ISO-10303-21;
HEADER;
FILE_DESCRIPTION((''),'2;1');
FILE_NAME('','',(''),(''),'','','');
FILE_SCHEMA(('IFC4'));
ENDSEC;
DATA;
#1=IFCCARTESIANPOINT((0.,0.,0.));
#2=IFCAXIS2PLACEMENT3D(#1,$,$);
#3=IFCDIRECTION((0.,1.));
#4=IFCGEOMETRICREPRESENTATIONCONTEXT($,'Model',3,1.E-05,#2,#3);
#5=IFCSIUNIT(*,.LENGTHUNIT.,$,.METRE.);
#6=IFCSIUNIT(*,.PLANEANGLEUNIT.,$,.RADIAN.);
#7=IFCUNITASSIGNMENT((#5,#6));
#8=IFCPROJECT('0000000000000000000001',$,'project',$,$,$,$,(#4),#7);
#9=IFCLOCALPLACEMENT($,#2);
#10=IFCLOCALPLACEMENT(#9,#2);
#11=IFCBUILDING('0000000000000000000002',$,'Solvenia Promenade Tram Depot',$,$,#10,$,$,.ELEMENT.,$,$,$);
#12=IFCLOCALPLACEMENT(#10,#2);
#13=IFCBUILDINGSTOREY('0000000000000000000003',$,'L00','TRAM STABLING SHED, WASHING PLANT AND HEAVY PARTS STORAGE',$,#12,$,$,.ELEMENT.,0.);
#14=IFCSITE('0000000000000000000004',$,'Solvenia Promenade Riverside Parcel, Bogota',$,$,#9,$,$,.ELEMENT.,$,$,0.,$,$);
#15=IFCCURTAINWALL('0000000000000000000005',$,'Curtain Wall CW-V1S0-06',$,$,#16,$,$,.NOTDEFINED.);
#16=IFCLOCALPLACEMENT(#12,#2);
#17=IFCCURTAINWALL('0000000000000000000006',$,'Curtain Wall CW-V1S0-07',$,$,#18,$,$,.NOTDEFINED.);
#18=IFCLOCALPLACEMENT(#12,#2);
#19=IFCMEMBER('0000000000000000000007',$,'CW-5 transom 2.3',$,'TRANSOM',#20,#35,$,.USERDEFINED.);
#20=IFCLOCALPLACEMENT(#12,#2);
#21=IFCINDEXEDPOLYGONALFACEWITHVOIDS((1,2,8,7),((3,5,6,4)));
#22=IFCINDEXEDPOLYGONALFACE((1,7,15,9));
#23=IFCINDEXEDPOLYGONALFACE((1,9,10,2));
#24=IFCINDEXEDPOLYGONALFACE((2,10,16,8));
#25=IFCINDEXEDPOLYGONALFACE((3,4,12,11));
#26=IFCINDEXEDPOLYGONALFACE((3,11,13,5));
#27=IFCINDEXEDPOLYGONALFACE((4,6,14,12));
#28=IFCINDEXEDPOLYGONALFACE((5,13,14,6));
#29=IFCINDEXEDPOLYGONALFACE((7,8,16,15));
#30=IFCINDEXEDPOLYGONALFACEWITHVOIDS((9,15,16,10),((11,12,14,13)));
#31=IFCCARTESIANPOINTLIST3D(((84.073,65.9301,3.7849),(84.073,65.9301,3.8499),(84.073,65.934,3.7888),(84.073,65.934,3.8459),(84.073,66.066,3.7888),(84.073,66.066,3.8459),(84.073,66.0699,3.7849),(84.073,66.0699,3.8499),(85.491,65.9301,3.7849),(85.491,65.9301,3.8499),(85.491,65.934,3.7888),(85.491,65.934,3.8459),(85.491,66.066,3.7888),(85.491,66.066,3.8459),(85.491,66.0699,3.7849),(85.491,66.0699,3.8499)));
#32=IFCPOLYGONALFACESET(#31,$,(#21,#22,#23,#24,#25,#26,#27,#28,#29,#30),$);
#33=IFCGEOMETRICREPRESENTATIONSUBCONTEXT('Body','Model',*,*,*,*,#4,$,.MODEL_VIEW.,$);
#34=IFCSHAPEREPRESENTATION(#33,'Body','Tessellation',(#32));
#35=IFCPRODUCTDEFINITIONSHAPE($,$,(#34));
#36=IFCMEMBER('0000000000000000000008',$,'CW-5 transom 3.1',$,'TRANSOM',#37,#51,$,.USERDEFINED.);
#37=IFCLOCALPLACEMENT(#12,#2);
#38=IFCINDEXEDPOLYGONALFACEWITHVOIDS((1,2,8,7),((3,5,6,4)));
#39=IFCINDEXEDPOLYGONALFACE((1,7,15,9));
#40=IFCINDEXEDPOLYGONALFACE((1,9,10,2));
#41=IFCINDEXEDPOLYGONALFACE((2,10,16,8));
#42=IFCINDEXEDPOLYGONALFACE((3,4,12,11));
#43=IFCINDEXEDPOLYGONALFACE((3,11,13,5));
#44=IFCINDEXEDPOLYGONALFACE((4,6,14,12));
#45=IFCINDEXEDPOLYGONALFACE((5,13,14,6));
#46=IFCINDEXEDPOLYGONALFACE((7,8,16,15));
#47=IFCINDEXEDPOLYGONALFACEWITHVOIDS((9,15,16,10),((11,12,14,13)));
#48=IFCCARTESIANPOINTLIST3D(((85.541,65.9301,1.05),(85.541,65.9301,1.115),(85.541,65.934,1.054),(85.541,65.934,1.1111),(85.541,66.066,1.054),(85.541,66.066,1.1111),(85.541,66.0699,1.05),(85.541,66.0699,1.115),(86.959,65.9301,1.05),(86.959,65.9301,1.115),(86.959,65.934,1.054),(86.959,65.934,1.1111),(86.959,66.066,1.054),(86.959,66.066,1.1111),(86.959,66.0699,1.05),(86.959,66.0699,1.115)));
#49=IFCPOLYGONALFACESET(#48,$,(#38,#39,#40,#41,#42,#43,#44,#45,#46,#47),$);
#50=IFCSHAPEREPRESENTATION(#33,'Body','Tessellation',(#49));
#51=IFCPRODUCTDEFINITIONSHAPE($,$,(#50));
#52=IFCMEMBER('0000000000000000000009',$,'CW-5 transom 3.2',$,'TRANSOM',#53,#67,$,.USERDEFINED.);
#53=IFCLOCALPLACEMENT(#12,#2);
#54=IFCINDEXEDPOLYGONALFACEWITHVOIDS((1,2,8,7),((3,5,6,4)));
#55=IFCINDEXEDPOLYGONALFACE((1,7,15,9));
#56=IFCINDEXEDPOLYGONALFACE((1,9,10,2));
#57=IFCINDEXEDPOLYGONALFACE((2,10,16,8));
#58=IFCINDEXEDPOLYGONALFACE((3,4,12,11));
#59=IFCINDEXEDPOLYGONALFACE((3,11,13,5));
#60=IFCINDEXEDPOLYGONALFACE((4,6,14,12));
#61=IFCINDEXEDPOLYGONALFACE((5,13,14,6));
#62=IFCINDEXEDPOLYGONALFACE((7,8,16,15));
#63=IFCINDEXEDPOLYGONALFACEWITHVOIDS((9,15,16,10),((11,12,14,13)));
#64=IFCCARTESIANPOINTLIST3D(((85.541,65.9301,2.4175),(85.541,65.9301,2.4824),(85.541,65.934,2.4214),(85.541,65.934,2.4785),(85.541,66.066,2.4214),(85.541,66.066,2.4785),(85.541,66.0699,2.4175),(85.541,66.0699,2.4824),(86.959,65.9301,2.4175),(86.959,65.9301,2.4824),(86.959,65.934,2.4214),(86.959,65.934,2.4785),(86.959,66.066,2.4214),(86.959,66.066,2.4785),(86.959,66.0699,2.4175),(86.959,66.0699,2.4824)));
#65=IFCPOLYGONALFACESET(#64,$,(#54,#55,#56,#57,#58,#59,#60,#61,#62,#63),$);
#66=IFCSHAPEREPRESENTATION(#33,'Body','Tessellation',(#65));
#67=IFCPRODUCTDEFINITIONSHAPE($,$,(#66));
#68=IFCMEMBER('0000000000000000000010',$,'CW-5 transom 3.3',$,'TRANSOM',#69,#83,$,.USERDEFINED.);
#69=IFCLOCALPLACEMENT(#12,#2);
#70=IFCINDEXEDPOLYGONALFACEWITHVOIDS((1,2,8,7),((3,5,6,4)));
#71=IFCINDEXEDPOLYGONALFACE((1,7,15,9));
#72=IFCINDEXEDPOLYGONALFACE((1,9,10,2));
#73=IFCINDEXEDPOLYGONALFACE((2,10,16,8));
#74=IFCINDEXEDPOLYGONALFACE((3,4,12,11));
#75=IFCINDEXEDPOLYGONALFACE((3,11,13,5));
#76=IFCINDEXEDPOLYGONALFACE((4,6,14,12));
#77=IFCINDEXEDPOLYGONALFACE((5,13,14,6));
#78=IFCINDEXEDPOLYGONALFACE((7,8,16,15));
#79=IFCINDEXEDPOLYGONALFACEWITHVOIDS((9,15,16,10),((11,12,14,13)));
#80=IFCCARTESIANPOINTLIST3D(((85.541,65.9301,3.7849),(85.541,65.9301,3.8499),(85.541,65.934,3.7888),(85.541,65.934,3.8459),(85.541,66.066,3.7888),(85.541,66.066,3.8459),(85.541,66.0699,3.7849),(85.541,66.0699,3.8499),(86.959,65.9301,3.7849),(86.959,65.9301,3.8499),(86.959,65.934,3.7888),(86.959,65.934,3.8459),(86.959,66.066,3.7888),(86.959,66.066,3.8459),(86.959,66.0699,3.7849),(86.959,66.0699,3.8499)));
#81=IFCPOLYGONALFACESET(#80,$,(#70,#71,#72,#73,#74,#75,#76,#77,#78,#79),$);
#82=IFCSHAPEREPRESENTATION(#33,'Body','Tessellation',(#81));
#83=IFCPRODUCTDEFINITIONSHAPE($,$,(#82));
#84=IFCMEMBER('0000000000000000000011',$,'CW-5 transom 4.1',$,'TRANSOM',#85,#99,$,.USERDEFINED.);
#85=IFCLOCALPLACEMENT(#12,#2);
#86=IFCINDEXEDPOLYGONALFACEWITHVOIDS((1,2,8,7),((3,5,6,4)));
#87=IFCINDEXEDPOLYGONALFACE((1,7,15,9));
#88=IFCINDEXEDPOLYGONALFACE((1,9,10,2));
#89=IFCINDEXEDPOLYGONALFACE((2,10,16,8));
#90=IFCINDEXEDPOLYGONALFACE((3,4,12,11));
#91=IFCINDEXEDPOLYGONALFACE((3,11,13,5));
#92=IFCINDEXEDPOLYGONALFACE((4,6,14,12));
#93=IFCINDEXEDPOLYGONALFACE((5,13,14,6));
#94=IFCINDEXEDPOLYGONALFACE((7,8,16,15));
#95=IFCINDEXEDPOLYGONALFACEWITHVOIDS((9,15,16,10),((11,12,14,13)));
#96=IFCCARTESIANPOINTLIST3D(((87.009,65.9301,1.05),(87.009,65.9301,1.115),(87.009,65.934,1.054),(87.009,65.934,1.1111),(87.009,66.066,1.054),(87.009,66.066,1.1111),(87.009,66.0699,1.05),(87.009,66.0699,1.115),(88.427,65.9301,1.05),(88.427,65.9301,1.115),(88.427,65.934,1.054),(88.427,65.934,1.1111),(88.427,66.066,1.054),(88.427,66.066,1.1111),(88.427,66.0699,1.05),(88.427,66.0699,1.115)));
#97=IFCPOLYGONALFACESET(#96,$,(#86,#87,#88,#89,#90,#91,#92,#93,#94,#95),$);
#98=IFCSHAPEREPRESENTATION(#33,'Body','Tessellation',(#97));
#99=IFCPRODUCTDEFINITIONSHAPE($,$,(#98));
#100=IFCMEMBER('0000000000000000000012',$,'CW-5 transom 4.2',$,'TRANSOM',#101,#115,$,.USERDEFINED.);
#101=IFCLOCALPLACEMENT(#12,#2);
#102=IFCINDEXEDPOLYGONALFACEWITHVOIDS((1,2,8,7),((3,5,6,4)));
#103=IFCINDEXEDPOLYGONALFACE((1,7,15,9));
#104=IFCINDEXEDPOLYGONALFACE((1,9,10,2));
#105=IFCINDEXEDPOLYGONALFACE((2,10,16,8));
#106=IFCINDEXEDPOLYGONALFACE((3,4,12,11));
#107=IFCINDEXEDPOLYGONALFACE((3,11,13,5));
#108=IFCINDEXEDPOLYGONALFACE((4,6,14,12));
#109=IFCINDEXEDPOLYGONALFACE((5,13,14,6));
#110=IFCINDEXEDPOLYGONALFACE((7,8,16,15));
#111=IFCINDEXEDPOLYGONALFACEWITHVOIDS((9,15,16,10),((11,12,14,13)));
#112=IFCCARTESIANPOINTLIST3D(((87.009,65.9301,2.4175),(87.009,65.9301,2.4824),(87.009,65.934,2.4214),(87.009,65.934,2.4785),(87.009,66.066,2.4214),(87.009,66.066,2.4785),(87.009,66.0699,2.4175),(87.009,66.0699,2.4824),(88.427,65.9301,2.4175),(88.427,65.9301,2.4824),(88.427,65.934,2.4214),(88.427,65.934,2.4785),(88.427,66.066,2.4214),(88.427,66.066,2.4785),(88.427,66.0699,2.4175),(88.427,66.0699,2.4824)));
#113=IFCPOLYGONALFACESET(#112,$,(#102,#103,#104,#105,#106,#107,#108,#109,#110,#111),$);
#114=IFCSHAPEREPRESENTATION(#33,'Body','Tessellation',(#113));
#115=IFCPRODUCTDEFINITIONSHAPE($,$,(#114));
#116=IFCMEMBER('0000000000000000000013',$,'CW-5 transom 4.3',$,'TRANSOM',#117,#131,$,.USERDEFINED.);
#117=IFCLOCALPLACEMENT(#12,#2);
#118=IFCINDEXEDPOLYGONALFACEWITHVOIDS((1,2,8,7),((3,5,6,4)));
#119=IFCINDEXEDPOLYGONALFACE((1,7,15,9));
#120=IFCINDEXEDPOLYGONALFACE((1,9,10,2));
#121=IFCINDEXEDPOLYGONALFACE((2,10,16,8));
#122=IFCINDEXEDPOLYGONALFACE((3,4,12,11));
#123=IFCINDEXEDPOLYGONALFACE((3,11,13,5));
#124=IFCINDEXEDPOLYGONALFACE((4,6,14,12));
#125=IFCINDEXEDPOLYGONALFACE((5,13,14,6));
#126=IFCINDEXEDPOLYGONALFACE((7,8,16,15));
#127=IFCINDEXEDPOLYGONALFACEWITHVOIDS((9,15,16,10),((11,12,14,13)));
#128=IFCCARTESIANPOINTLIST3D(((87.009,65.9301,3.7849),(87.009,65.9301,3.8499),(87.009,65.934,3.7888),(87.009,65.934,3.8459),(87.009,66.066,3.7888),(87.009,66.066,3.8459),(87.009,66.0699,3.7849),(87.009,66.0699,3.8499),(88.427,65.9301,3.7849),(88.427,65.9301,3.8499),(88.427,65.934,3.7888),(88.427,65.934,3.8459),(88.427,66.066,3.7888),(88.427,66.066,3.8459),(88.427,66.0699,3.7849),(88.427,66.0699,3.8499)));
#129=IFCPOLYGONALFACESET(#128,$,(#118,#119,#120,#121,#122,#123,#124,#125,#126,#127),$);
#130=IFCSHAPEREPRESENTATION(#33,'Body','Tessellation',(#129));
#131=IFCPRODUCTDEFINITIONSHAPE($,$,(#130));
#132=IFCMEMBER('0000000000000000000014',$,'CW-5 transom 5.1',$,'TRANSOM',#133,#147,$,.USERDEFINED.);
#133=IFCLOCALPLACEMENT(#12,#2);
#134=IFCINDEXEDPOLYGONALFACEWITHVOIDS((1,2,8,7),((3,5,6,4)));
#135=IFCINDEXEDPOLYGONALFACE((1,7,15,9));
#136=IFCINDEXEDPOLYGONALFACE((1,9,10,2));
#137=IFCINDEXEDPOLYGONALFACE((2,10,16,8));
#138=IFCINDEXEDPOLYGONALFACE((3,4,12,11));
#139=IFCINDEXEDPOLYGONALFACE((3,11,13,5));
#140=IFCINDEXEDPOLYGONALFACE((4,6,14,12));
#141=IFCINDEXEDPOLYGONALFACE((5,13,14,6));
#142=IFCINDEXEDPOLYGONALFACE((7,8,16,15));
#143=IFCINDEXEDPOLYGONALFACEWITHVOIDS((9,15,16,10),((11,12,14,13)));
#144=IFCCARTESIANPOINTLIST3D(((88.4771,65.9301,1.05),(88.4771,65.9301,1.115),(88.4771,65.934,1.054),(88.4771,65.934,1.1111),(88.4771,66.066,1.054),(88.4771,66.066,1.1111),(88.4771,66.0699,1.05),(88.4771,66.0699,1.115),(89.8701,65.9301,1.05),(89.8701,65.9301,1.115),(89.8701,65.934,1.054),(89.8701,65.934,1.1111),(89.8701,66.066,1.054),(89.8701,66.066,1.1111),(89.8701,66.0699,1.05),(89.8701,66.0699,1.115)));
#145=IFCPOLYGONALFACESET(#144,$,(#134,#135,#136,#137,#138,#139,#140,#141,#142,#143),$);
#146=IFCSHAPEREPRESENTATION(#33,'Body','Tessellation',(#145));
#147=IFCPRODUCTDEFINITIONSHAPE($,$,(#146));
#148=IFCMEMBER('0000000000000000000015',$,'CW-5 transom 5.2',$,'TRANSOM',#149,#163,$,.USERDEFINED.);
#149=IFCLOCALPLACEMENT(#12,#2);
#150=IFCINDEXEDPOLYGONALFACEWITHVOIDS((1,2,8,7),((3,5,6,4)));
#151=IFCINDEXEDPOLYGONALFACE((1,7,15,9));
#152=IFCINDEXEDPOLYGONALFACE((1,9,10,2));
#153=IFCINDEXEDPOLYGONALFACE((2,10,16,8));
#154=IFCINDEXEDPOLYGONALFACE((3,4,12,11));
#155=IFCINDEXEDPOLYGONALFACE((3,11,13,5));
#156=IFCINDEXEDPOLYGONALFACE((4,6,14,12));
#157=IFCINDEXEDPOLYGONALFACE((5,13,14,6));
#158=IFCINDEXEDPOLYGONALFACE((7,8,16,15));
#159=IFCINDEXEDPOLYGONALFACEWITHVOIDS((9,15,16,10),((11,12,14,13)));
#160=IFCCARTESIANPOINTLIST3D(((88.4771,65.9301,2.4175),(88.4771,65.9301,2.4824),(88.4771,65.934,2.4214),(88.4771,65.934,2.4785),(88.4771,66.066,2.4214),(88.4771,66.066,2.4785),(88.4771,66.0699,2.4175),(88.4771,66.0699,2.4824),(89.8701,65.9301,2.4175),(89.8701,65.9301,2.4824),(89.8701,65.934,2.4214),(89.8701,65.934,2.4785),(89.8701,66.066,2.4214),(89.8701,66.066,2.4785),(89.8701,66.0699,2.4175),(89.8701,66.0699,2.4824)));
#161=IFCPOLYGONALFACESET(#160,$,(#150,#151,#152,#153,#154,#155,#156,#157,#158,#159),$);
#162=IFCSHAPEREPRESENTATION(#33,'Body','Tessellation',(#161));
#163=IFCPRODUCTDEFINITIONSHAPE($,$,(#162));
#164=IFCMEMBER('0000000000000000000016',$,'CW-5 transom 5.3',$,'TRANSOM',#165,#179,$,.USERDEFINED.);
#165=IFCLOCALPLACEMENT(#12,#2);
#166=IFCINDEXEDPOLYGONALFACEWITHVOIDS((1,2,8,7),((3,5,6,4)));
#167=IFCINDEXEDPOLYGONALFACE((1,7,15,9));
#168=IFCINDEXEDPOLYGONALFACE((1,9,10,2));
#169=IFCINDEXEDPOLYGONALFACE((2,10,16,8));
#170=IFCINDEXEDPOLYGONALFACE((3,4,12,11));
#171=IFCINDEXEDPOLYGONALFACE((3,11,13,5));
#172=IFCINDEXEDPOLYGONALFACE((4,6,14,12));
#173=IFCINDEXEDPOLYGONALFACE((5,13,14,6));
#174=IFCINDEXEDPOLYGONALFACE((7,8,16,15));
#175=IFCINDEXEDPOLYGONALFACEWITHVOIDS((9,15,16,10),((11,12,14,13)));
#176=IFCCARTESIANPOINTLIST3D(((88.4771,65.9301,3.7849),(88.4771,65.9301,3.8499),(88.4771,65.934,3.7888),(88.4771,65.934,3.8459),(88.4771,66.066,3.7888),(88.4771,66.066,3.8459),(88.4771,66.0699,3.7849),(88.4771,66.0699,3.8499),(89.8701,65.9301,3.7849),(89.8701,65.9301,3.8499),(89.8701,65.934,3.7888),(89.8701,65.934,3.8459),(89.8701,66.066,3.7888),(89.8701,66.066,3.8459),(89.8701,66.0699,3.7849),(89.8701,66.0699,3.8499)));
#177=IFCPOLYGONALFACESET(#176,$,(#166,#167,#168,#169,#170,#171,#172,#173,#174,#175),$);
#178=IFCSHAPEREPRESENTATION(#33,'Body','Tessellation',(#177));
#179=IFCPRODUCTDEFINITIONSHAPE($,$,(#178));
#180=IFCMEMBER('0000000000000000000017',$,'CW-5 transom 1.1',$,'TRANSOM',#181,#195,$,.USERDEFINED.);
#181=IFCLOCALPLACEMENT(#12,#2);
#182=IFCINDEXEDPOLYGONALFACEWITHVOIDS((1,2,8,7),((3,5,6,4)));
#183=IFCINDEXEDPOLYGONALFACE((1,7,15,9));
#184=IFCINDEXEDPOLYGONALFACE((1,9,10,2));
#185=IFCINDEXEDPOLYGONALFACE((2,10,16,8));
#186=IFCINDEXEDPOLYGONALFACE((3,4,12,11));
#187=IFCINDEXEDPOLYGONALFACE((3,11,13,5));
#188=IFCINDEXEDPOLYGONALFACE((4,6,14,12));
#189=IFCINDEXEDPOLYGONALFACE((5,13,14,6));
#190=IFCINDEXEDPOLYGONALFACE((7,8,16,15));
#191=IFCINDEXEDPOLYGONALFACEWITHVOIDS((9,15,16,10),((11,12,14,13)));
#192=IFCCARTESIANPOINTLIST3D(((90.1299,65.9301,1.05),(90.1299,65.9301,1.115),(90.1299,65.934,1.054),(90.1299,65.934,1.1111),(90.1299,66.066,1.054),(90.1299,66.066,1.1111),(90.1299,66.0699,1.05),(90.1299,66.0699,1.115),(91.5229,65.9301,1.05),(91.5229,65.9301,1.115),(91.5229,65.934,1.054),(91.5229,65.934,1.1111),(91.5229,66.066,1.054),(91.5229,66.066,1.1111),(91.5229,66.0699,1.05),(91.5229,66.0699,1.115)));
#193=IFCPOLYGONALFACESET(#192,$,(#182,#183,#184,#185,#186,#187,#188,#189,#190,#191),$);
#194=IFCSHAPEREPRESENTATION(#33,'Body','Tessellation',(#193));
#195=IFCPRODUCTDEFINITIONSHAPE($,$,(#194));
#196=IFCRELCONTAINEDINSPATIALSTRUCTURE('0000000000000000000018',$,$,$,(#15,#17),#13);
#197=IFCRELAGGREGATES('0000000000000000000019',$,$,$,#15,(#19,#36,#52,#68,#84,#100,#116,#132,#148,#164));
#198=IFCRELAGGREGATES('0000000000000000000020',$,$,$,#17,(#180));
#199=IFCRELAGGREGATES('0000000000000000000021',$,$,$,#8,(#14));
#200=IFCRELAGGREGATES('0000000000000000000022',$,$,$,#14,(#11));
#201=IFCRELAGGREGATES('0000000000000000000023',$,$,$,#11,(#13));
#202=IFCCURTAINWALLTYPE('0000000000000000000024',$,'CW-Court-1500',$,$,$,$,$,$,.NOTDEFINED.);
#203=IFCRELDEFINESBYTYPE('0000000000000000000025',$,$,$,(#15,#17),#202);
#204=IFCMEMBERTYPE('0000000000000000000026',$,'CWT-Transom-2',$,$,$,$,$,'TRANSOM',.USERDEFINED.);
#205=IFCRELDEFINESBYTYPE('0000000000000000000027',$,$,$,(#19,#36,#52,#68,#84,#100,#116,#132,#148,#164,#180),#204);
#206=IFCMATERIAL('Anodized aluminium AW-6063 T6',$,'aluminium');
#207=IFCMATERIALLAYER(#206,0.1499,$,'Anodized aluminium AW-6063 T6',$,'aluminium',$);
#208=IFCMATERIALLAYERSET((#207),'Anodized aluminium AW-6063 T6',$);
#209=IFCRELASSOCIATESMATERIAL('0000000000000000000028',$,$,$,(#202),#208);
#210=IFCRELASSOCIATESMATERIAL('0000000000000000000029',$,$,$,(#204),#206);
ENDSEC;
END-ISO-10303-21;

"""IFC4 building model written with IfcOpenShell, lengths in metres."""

from ifc_helpers import new_model, si_unit, direction, frame, origin, origin_2d, place, context, subcontext, project, spatial, hollow_rectangle, extrude, material, layer, layer_set, material_profile, profile_set, type_object, element, aggregate, save


model = new_model("IFC4")

# Units and contexts
model_context = context("Model", 3, precision=1e-05, world=origin(), true_north=direction((0.0, 1.0)))
body_context = subcontext(model_context, "Body", "Model", "MODEL_VIEW")
ifc_project = project(units=[si_unit("LENGTHUNIT", "METRE"), si_unit("PLANEANGLEUNIT", "RADIAN")], contexts=[model_context])

# Site, building, storey
site_placement = place(None, origin())
site = spatial("IfcSite", under=ifc_project, at=site_placement, Name="Solvenia Promenade Riverside Parcel, Bogota", CompositionType="ELEMENT", RefElevation=0.0)
building_placement = place(site_placement, origin())
building = spatial("IfcBuilding", under=site, at=building_placement, Name="Solvenia Promenade Tram Depot", CompositionType="ELEMENT")
storey_placement = place(building_placement, origin())
storey = spatial("IfcBuildingStorey", under=building, at=storey_placement, Name="L00", Description="TRAM STABLING SHED, WASHING PLANT AND HEAVY PARTS STORAGE", CompositionType="ELEMENT", Elevation=0.0)

# Curtain walls
ifc_material_1 = material(Name="Anodized aluminium AW-6063 T6", Category="aluminium")
ifc_layer_1 = layer(ifc_material_1, 0.1499, Name="Anodized aluminium AW-6063 T6", Category="aluminium")
ifc_layer_set_1 = layer_set([ifc_layer_1], Name="Anodized aluminium AW-6063 T6")
curtain_wall_type = type_object("IfcCurtainWallType", Name="CW-Court-1500", PredefinedType="NOTDEFINED", material=ifc_layer_set_1)
curtain_wall_1_placement = place(storey_placement, origin())
curtain_wall_1 = element("IfcCurtainWall", 1, at=curtain_wall_1_placement, inside=storey, type_object=curtain_wall_type, Name="Curtain Wall CW-V1S0-06", PredefinedType="NOTDEFINED")
curtain_wall_2_placement = place(storey_placement, origin())
curtain_wall_2 = element("IfcCurtainWall", 2, at=curtain_wall_2_placement, inside=storey, type_object=curtain_wall_type, Name="Curtain Wall CW-V1S0-07", PredefinedType="NOTDEFINED")

# Members
ifc_material_profile_1 = material_profile(ifc_material_1, hollow_rectangle(XDim=0.1399, YDim=0.0649, WallThickness=0.0039, at=origin_2d()), Name="ALU-T2", Category="aluminium")
ifc_profile_set_1 = profile_set([ifc_material_profile_1], Name="Anodized aluminium AW-6063 T6")
member_type_1 = type_object("IfcMemberType", Name="CWT-Transom-2", ElementType="TRANSOM", PredefinedType="USERDEFINED", material=ifc_profile_set_1)
member_1_placement = place(storey_placement, frame((84.073, 66.0, 3.8174), z_axis=(1.0, 0.0, 0.0), x_axis=(0.0, 1.0, 0.0)))
member_1 = element("IfcMember", 3, at=member_1_placement, type_object=member_type_1, Name="CW-5 transom 2.3", ObjectType="TRANSOM", PredefinedType="USERDEFINED", context=body_context, shape_type="SweptSolid", body=[
    extrude(hollow_rectangle(XDim=0.1399, YDim=0.0649, WallThickness=0.0039, at=origin_2d()), origin(), (0.0, 0.0, 1.0), 1.418),
])
member_2_placement = place(storey_placement, frame((85.541, 66.0, 1.0825), z_axis=(1.0, 0.0, 0.0), x_axis=(0.0, 1.0, 0.0)))
member_2 = element("IfcMember", 4, at=member_2_placement, type_object=member_type_1, Name="CW-5 transom 3.1", ObjectType="TRANSOM", PredefinedType="USERDEFINED", context=body_context, shape_type="SweptSolid", body=[
    extrude(hollow_rectangle(XDim=0.1399, YDim=0.0649, WallThickness=0.0039, at=origin_2d()), origin(), (0.0, 0.0, 1.0), 1.418),
])
member_3_placement = place(storey_placement, frame((85.541, 66.0, 2.45), z_axis=(1.0, 0.0, 0.0), x_axis=(0.0, 1.0, 0.0)))
member_3 = element("IfcMember", 5, at=member_3_placement, type_object=member_type_1, Name="CW-5 transom 3.2", ObjectType="TRANSOM", PredefinedType="USERDEFINED", context=body_context, shape_type="SweptSolid", body=[
    extrude(hollow_rectangle(XDim=0.1399, YDim=0.0649, WallThickness=0.0039, at=origin_2d()), origin(), (0.0, 0.0, 1.0), 1.418),
])
member_4_placement = place(storey_placement, frame((85.541, 66.0, 3.8174), z_axis=(1.0, 0.0, 0.0), x_axis=(0.0, 1.0, 0.0)))
member_4 = element("IfcMember", 6, at=member_4_placement, type_object=member_type_1, Name="CW-5 transom 3.3", ObjectType="TRANSOM", PredefinedType="USERDEFINED", context=body_context, shape_type="SweptSolid", body=[
    extrude(hollow_rectangle(XDim=0.1399, YDim=0.0649, WallThickness=0.0039, at=origin_2d()), origin(), (0.0, 0.0, 1.0), 1.418),
])
member_5_placement = place(storey_placement, frame((87.009, 66.0, 1.0825), z_axis=(1.0, 0.0, 0.0), x_axis=(0.0, 1.0, 0.0)))
member_5 = element("IfcMember", 7, at=member_5_placement, type_object=member_type_1, Name="CW-5 transom 4.1", ObjectType="TRANSOM", PredefinedType="USERDEFINED", context=body_context, shape_type="SweptSolid", body=[
    extrude(hollow_rectangle(XDim=0.1399, YDim=0.0649, WallThickness=0.0039, at=origin_2d()), origin(), (0.0, 0.0, 1.0), 1.418),
])
member_6_placement = place(storey_placement, frame((87.009, 66.0, 2.45), z_axis=(1.0, 0.0, 0.0), x_axis=(0.0, 1.0, 0.0)))
member_6 = element("IfcMember", 8, at=member_6_placement, type_object=member_type_1, Name="CW-5 transom 4.2", ObjectType="TRANSOM", PredefinedType="USERDEFINED", context=body_context, shape_type="SweptSolid", body=[
    extrude(hollow_rectangle(XDim=0.1399, YDim=0.0649, WallThickness=0.0039, at=origin_2d()), origin(), (0.0, 0.0, 1.0), 1.418),
])
member_7_placement = place(storey_placement, frame((87.009, 66.0, 3.8174), z_axis=(1.0, 0.0, 0.0), x_axis=(0.0, 1.0, 0.0)))
member_7 = element("IfcMember", 9, at=member_7_placement, type_object=member_type_1, Name="CW-5 transom 4.3", ObjectType="TRANSOM", PredefinedType="USERDEFINED", context=body_context, shape_type="SweptSolid", body=[
    extrude(hollow_rectangle(XDim=0.1399, YDim=0.0649, WallThickness=0.0039, at=origin_2d()), origin(), (0.0, 0.0, 1.0), 1.418),
])
member_8_placement = place(storey_placement, frame((88.4771, 66.0, 1.0825), z_axis=(1.0, 0.0, 0.0), x_axis=(0.0, 1.0, 0.0)))
member_8 = element("IfcMember", 10, at=member_8_placement, type_object=member_type_1, Name="CW-5 transom 5.1", ObjectType="TRANSOM", PredefinedType="USERDEFINED", context=body_context, shape_type="SweptSolid", body=[
    extrude(hollow_rectangle(XDim=0.1399, YDim=0.0649, WallThickness=0.0039, at=origin_2d()), origin(), (0.0, 0.0, 1.0), 1.3931),
])
member_9_placement = place(storey_placement, frame((88.4771, 66.0, 2.45), z_axis=(1.0, 0.0, 0.0), x_axis=(0.0, 1.0, 0.0)))
member_9 = element("IfcMember", 11, at=member_9_placement, type_object=member_type_1, Name="CW-5 transom 5.2", ObjectType="TRANSOM", PredefinedType="USERDEFINED", context=body_context, shape_type="SweptSolid", body=[
    extrude(hollow_rectangle(XDim=0.1399, YDim=0.0649, WallThickness=0.0039, at=origin_2d()), origin(), (0.0, 0.0, 1.0), 1.3931),
])
member_10_placement = place(storey_placement, frame((88.4771, 66.0, 3.8174), z_axis=(1.0, 0.0, 0.0), x_axis=(0.0, 1.0, 0.0)))
member_10 = element("IfcMember", 12, at=member_10_placement, type_object=member_type_1, Name="CW-5 transom 5.3", ObjectType="TRANSOM", PredefinedType="USERDEFINED", context=body_context, shape_type="SweptSolid", body=[
    extrude(hollow_rectangle(XDim=0.1399, YDim=0.0649, WallThickness=0.0039, at=origin_2d()), origin(), (0.0, 0.0, 1.0), 1.3931),
])
member_11_placement = place(storey_placement, frame((90.1299, 66.0, 1.0825), z_axis=(1.0, 0.0, 0.0), x_axis=(0.0, 1.0, 0.0)))
member_11 = element("IfcMember", 13, at=member_11_placement, type_object=member_type_1, Name="CW-5 transom 1.1", ObjectType="TRANSOM", PredefinedType="USERDEFINED", context=body_context, shape_type="SweptSolid", body=[
    extrude(hollow_rectangle(XDim=0.1399, YDim=0.0649, WallThickness=0.0039, at=origin_2d()), origin(), (0.0, 0.0, 1.0), 1.3931),
])

aggregate(curtain_wall_1, [member_1, member_2, member_3, member_4, member_5, member_6, member_7, member_8, member_9, member_10])
aggregate(curtain_wall_2, [member_11])

save(model, "model.ifc")
